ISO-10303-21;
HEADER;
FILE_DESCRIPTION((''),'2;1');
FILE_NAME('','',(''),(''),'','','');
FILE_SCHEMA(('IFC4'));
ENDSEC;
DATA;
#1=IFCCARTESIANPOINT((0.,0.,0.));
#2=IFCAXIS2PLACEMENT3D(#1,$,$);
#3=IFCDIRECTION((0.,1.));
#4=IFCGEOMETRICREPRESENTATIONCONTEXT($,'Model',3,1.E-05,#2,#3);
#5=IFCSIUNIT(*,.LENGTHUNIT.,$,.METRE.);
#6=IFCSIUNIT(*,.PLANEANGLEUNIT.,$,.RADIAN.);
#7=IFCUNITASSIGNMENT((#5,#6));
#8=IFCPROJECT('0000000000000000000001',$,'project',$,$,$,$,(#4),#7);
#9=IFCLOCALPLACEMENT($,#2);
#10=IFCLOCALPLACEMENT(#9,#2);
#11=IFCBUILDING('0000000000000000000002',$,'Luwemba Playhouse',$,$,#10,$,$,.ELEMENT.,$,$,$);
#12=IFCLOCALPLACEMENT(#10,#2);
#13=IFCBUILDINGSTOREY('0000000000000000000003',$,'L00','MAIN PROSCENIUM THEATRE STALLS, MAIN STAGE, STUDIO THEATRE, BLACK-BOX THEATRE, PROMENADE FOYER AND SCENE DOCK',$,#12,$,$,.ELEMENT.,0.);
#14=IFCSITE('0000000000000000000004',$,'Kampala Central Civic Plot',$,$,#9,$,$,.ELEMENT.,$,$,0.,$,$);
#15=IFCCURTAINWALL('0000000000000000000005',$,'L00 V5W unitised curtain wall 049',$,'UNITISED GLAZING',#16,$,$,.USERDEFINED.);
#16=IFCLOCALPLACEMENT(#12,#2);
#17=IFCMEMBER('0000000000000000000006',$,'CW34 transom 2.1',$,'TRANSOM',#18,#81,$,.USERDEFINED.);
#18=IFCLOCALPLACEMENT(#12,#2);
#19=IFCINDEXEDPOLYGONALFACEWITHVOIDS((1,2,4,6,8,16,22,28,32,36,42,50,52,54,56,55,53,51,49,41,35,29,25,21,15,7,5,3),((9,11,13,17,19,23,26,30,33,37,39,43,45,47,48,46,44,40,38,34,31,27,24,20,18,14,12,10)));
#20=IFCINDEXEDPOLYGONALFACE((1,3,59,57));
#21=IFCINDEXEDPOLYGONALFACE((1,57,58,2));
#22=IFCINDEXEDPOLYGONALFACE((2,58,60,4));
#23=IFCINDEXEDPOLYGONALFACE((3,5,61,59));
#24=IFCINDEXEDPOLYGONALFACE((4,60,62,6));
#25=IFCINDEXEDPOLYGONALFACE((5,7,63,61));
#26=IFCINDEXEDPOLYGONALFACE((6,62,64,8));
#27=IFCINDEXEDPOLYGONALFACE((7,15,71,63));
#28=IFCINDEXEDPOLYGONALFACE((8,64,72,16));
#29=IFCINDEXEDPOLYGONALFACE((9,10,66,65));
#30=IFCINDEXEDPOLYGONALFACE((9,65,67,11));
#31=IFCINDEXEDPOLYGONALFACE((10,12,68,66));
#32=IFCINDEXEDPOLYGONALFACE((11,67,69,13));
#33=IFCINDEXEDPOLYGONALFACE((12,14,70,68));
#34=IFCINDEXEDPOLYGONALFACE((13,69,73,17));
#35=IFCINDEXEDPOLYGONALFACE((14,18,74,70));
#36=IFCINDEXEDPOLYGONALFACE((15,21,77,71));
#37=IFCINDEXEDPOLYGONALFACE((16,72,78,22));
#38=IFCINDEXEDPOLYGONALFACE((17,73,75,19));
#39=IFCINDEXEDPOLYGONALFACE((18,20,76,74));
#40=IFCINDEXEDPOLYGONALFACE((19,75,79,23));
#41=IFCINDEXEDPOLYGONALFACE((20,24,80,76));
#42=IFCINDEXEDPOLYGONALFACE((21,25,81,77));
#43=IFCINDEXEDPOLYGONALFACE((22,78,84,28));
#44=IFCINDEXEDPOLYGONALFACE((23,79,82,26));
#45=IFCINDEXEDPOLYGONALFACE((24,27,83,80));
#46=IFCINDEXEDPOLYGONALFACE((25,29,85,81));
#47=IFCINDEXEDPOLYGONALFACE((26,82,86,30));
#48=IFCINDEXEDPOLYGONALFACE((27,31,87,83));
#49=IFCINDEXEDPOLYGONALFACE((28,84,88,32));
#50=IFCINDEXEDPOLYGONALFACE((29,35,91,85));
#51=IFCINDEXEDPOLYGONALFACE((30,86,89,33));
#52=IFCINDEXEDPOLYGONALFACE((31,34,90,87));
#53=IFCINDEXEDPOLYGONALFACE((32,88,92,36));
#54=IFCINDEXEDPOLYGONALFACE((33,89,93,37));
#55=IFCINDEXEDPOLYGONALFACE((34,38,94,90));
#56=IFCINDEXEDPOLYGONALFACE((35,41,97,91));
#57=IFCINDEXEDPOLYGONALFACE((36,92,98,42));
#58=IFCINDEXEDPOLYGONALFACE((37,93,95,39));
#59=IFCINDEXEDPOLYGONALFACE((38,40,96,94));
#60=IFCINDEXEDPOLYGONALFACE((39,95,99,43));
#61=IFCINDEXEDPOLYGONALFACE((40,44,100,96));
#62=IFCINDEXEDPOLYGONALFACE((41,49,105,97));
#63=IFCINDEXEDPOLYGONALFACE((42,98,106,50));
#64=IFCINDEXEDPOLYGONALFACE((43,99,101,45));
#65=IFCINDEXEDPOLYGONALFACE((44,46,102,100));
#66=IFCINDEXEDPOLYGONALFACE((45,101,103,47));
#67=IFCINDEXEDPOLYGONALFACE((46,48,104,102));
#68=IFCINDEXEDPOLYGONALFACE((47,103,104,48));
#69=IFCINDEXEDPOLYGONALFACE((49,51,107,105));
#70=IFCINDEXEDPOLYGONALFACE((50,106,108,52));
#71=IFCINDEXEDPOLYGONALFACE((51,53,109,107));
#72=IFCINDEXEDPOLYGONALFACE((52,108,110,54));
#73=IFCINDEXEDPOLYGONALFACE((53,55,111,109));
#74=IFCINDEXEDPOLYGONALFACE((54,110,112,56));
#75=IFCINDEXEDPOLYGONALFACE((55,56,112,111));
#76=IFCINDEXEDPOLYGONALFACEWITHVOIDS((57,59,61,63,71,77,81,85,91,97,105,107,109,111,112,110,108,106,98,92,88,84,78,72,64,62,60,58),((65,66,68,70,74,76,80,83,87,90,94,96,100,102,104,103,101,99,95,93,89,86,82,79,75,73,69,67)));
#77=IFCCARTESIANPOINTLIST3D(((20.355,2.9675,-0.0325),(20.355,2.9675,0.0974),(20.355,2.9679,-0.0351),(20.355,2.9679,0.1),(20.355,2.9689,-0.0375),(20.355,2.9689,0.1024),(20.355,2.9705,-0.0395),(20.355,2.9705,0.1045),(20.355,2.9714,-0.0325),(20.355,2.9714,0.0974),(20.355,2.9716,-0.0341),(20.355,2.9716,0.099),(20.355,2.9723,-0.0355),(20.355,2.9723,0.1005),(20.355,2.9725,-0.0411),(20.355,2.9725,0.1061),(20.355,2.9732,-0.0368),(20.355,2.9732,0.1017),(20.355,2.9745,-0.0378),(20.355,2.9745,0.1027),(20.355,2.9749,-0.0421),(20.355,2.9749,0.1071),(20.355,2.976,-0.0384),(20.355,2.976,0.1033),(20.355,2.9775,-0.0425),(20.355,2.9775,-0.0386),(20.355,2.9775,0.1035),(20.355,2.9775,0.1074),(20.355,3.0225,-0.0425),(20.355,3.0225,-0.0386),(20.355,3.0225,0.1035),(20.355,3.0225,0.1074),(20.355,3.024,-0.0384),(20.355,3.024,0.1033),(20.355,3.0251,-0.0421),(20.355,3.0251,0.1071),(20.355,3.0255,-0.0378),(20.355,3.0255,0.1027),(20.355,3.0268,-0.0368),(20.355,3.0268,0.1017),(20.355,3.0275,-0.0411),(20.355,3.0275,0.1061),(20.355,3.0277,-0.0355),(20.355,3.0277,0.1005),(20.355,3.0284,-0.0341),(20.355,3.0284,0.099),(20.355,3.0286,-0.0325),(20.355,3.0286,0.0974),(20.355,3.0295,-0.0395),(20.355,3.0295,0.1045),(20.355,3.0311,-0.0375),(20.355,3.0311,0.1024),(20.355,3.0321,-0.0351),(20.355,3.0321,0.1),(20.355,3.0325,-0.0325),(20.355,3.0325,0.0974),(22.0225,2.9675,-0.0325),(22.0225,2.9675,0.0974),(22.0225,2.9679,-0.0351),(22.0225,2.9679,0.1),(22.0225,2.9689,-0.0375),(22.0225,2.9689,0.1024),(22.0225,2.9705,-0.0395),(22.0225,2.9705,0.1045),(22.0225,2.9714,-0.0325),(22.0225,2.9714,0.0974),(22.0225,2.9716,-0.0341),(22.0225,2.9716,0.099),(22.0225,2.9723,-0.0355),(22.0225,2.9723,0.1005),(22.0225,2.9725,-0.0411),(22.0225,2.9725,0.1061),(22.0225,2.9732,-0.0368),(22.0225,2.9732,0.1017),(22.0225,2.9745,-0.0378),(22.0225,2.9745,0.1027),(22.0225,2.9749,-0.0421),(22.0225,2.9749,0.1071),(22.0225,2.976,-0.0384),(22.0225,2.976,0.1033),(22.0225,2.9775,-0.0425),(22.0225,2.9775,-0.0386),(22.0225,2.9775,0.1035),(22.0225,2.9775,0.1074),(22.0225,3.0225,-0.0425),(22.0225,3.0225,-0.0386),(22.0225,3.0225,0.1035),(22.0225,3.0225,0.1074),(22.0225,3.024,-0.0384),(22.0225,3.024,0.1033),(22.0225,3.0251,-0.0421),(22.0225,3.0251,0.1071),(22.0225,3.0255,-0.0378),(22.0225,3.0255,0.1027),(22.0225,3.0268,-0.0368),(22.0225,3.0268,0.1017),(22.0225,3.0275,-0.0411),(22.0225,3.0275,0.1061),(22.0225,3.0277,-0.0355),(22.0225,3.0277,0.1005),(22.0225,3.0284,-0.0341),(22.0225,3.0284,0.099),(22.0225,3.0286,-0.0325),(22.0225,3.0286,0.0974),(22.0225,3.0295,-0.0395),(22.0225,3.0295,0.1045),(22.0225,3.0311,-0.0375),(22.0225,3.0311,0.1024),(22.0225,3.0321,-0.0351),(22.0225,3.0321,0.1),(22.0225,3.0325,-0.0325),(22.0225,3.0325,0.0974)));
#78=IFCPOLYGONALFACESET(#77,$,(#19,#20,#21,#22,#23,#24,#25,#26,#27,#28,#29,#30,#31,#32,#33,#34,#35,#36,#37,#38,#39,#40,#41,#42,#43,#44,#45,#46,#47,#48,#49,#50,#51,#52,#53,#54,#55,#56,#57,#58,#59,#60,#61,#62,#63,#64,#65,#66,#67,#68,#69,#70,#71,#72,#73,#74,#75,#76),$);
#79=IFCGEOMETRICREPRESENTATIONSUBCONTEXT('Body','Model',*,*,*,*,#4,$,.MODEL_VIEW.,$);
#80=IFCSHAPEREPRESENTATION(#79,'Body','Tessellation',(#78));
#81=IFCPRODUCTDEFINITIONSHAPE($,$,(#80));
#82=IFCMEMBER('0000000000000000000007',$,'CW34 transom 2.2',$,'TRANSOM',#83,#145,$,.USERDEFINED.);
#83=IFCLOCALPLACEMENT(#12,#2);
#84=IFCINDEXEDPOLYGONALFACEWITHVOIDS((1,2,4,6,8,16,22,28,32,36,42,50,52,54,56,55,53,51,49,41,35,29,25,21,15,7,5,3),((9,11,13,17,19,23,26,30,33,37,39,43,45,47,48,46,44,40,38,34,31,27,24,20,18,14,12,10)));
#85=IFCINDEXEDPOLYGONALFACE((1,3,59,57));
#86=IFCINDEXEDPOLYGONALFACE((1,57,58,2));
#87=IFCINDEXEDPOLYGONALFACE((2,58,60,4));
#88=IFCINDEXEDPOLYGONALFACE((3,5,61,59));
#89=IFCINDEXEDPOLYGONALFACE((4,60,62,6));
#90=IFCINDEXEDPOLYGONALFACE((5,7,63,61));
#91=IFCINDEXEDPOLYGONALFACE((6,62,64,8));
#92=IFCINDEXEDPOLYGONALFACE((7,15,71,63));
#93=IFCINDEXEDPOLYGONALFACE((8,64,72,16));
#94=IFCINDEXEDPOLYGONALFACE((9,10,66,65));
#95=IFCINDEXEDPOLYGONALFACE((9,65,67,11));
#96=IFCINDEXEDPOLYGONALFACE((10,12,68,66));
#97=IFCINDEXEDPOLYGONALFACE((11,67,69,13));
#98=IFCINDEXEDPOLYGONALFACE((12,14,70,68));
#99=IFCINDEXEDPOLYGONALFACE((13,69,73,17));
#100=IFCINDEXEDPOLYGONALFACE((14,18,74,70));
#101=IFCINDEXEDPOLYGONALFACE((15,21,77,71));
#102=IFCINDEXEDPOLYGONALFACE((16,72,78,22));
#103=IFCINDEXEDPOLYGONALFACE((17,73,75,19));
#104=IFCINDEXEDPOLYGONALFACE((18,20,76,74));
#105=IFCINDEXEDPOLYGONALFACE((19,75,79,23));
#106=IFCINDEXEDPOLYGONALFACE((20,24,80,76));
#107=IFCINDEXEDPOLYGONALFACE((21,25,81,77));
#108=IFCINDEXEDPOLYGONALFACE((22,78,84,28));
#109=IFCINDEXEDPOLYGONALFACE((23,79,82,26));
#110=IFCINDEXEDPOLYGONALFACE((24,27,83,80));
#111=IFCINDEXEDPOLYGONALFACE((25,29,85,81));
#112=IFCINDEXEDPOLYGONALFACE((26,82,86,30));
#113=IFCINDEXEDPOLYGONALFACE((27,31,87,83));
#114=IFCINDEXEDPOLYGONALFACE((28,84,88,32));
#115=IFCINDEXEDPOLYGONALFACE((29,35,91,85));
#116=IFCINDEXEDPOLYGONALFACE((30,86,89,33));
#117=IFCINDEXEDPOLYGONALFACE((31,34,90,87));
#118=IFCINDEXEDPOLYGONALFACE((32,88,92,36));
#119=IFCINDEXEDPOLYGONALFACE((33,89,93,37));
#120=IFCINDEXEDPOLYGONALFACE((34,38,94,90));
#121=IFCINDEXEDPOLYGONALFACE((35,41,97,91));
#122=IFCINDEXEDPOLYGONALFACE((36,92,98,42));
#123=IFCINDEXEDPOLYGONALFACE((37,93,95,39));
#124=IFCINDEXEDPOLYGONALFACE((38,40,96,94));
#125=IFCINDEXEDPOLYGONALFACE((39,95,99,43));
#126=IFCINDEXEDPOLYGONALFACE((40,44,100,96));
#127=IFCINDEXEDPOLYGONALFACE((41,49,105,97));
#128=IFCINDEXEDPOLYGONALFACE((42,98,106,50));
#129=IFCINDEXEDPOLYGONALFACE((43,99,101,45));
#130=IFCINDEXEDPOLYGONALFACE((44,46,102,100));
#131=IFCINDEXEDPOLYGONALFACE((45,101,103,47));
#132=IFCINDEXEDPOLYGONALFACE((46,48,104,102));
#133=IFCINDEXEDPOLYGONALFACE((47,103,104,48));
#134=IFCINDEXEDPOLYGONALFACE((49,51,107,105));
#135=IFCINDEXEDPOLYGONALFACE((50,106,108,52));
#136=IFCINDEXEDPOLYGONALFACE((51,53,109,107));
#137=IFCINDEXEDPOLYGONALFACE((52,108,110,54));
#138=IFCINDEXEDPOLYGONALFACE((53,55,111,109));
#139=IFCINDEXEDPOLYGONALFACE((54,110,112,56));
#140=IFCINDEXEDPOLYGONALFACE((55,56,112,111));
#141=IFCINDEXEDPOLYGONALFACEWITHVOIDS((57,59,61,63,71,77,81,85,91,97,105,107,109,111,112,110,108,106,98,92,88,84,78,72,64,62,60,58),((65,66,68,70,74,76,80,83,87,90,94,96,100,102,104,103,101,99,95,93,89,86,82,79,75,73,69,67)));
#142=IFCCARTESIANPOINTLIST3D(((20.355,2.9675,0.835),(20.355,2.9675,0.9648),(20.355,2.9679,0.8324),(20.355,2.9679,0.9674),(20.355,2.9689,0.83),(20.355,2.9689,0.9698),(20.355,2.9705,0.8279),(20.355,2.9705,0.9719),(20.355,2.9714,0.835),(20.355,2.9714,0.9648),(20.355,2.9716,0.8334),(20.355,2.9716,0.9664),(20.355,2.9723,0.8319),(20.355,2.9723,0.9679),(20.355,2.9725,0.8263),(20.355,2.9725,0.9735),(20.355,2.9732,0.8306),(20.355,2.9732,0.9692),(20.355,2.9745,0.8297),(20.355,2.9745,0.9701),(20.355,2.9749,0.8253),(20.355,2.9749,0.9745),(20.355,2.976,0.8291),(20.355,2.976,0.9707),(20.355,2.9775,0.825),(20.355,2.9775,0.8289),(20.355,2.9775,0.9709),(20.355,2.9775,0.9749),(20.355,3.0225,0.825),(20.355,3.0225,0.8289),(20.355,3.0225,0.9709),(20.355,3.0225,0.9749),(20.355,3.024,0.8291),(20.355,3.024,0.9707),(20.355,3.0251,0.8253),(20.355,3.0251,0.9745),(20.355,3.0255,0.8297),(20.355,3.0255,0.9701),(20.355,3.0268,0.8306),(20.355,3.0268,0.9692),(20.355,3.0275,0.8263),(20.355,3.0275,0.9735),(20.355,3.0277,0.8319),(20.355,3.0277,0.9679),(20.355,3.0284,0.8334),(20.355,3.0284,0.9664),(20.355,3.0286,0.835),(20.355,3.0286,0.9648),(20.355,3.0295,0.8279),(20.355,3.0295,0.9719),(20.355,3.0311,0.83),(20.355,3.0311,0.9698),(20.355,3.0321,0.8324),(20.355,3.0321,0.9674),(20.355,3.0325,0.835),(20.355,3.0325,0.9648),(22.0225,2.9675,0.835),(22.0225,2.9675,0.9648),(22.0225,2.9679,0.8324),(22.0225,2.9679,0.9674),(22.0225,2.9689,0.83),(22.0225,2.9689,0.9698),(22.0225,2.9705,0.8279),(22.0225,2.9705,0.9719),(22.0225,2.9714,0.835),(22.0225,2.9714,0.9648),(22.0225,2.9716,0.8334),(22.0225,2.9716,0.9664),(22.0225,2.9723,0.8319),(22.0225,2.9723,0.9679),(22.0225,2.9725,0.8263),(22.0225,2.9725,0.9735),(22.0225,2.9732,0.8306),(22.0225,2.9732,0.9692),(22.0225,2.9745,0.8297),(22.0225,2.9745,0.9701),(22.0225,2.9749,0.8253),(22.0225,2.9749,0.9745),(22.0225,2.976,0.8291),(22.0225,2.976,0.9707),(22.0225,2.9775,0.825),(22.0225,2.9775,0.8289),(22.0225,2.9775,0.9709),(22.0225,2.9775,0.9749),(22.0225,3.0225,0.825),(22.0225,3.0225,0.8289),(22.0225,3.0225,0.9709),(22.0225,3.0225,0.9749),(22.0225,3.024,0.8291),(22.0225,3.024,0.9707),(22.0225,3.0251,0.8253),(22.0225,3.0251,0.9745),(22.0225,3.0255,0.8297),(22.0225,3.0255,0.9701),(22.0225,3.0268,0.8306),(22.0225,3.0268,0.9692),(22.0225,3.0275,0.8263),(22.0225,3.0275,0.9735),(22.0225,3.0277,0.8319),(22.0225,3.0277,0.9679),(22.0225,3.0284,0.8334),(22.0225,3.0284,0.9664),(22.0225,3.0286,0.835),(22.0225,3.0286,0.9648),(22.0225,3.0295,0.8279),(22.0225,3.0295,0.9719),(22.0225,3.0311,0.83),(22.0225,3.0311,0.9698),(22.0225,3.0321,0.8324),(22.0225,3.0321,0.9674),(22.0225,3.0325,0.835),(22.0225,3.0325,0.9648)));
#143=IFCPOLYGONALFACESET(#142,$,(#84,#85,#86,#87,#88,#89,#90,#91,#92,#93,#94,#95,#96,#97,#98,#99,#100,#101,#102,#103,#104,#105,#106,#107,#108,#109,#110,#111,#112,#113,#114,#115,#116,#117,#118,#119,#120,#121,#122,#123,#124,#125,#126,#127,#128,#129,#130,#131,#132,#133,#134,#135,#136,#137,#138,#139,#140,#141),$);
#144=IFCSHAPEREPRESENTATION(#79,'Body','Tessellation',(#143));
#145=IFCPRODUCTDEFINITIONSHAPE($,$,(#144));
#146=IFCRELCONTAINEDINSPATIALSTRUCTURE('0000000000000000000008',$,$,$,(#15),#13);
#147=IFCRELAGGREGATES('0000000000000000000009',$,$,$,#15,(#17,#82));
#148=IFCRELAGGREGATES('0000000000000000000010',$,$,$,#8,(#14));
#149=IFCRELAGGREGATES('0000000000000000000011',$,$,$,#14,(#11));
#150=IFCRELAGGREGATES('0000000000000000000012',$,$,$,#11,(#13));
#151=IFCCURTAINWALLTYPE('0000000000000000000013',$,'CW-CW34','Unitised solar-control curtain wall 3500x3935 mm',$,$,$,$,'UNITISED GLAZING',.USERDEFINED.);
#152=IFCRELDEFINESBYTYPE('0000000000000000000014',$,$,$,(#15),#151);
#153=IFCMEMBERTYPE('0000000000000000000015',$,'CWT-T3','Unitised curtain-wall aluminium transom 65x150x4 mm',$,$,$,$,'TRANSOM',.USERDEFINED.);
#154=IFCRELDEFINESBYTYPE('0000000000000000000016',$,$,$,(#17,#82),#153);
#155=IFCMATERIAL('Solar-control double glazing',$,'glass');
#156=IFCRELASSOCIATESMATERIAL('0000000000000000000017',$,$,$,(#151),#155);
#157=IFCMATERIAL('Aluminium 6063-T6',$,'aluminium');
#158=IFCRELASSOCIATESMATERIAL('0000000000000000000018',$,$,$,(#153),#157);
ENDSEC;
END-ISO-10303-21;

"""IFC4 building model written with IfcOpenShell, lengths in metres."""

from ifc_helpers import new_model, si_unit, direction, frame, origin, origin_2d, place, context, subcontext, project, spatial, hollow_rectangle, extrude, material, material_profile, profile_set, type_object, element, aggregate, save


model = new_model("IFC4")

# Units and contexts
model_context = context("Model", 3, precision=1e-05, world=origin(), true_north=direction((0.0, 1.0)))
body_context = subcontext(model_context, "Body", "Model", "MODEL_VIEW")
ifc_project = project(units=[si_unit("LENGTHUNIT", "METRE"), si_unit("PLANEANGLEUNIT", "RADIAN")], contexts=[model_context])

# Site, building, storey
site_placement = place(None, origin())
site = spatial("IfcSite", under=ifc_project, at=site_placement, Name="Kampala Central Civic Plot", CompositionType="ELEMENT", RefElevation=0.0)
building_placement = place(site_placement, origin())
building = spatial("IfcBuilding", under=site, at=building_placement, Name="Luwemba Playhouse", CompositionType="ELEMENT")
storey_placement = place(building_placement, origin())
storey = spatial("IfcBuildingStorey", under=building, at=storey_placement, Name="L00", Description="MAIN PROSCENIUM THEATRE STALLS, MAIN STAGE, STUDIO THEATRE, BLACK-BOX THEATRE, PROMENADE FOYER AND SCENE DOCK", CompositionType="ELEMENT", Elevation=0.0)

# Shared definitions
ifc_material_1 = material(Name="Solar-control double glazing", Category="glass")
ifc_material_2 = material(Name="Aluminium 6063-T6", Category="aluminium")

# Curtain wall
curtain_wall_type_1 = type_object("IfcCurtainWallType", Name="CW-CW34", Description="Unitised solar-control curtain wall 3500x3935 mm", ElementType="UNITISED GLAZING", PredefinedType="USERDEFINED", material=ifc_material_1)
curtain_wall_1_placement = place(storey_placement, origin())
curtain_wall_1 = element("IfcCurtainWall", 1, at=curtain_wall_1_placement, inside=storey, type_object=curtain_wall_type_1, Name="L00 V5W unitised curtain wall 049", ObjectType="UNITISED GLAZING", PredefinedType="USERDEFINED")

# Members
ifc_material_profile_1 = material_profile(ifc_material_2, hollow_rectangle(XDim=0.0649, YDim=0.1499, WallThickness=0.0039, InnerFilletRadius=0.0061, OuterFilletRadius=0.01, at=origin_2d()))
ifc_profile_set_1 = profile_set([ifc_material_profile_1], Name="Aluminium 6063-T6")
member_type_1 = type_object("IfcMemberType", Name="CWT-T3", Description="Unitised curtain-wall aluminium transom 65x150x4 mm", ElementType="TRANSOM", PredefinedType="USERDEFINED", material=ifc_profile_set_1)
member_1_placement = place(storey_placement, frame((22.0225, 3.0, 0.0325), z_axis=(-1.0, 0.0, 0.0), x_axis=(0.0, -1.0, 0.0)))
member_1 = element("IfcMember", 2, at=member_1_placement, type_object=member_type_1, Name="CW34 transom 2.1", ObjectType="TRANSOM", PredefinedType="USERDEFINED", context=body_context, shape_type="SweptSolid", body=[
    extrude(hollow_rectangle(XDim=0.0649, YDim=0.1499, WallThickness=0.0039, InnerFilletRadius=0.0061, OuterFilletRadius=0.01, at=origin_2d()), origin(), (0.0, 0.0, 1.0), 1.6675),
])
member_2_placement = place(storey_placement, frame((22.0225, 3.0, 0.8999), z_axis=(-1.0, 0.0, 0.0), x_axis=(0.0, -1.0, 0.0)))
member_2 = element("IfcMember", 3, at=member_2_placement, type_object=member_type_1, Name="CW34 transom 2.2", ObjectType="TRANSOM", PredefinedType="USERDEFINED", context=body_context, shape_type="SweptSolid", body=[
    extrude(hollow_rectangle(XDim=0.0649, YDim=0.1499, WallThickness=0.0039, InnerFilletRadius=0.0061, OuterFilletRadius=0.01, at=origin_2d()), origin(), (0.0, 0.0, 1.0), 1.6675),
])

aggregate(curtain_wall_1, [member_1, member_2])

save(model, "model.ifc")
